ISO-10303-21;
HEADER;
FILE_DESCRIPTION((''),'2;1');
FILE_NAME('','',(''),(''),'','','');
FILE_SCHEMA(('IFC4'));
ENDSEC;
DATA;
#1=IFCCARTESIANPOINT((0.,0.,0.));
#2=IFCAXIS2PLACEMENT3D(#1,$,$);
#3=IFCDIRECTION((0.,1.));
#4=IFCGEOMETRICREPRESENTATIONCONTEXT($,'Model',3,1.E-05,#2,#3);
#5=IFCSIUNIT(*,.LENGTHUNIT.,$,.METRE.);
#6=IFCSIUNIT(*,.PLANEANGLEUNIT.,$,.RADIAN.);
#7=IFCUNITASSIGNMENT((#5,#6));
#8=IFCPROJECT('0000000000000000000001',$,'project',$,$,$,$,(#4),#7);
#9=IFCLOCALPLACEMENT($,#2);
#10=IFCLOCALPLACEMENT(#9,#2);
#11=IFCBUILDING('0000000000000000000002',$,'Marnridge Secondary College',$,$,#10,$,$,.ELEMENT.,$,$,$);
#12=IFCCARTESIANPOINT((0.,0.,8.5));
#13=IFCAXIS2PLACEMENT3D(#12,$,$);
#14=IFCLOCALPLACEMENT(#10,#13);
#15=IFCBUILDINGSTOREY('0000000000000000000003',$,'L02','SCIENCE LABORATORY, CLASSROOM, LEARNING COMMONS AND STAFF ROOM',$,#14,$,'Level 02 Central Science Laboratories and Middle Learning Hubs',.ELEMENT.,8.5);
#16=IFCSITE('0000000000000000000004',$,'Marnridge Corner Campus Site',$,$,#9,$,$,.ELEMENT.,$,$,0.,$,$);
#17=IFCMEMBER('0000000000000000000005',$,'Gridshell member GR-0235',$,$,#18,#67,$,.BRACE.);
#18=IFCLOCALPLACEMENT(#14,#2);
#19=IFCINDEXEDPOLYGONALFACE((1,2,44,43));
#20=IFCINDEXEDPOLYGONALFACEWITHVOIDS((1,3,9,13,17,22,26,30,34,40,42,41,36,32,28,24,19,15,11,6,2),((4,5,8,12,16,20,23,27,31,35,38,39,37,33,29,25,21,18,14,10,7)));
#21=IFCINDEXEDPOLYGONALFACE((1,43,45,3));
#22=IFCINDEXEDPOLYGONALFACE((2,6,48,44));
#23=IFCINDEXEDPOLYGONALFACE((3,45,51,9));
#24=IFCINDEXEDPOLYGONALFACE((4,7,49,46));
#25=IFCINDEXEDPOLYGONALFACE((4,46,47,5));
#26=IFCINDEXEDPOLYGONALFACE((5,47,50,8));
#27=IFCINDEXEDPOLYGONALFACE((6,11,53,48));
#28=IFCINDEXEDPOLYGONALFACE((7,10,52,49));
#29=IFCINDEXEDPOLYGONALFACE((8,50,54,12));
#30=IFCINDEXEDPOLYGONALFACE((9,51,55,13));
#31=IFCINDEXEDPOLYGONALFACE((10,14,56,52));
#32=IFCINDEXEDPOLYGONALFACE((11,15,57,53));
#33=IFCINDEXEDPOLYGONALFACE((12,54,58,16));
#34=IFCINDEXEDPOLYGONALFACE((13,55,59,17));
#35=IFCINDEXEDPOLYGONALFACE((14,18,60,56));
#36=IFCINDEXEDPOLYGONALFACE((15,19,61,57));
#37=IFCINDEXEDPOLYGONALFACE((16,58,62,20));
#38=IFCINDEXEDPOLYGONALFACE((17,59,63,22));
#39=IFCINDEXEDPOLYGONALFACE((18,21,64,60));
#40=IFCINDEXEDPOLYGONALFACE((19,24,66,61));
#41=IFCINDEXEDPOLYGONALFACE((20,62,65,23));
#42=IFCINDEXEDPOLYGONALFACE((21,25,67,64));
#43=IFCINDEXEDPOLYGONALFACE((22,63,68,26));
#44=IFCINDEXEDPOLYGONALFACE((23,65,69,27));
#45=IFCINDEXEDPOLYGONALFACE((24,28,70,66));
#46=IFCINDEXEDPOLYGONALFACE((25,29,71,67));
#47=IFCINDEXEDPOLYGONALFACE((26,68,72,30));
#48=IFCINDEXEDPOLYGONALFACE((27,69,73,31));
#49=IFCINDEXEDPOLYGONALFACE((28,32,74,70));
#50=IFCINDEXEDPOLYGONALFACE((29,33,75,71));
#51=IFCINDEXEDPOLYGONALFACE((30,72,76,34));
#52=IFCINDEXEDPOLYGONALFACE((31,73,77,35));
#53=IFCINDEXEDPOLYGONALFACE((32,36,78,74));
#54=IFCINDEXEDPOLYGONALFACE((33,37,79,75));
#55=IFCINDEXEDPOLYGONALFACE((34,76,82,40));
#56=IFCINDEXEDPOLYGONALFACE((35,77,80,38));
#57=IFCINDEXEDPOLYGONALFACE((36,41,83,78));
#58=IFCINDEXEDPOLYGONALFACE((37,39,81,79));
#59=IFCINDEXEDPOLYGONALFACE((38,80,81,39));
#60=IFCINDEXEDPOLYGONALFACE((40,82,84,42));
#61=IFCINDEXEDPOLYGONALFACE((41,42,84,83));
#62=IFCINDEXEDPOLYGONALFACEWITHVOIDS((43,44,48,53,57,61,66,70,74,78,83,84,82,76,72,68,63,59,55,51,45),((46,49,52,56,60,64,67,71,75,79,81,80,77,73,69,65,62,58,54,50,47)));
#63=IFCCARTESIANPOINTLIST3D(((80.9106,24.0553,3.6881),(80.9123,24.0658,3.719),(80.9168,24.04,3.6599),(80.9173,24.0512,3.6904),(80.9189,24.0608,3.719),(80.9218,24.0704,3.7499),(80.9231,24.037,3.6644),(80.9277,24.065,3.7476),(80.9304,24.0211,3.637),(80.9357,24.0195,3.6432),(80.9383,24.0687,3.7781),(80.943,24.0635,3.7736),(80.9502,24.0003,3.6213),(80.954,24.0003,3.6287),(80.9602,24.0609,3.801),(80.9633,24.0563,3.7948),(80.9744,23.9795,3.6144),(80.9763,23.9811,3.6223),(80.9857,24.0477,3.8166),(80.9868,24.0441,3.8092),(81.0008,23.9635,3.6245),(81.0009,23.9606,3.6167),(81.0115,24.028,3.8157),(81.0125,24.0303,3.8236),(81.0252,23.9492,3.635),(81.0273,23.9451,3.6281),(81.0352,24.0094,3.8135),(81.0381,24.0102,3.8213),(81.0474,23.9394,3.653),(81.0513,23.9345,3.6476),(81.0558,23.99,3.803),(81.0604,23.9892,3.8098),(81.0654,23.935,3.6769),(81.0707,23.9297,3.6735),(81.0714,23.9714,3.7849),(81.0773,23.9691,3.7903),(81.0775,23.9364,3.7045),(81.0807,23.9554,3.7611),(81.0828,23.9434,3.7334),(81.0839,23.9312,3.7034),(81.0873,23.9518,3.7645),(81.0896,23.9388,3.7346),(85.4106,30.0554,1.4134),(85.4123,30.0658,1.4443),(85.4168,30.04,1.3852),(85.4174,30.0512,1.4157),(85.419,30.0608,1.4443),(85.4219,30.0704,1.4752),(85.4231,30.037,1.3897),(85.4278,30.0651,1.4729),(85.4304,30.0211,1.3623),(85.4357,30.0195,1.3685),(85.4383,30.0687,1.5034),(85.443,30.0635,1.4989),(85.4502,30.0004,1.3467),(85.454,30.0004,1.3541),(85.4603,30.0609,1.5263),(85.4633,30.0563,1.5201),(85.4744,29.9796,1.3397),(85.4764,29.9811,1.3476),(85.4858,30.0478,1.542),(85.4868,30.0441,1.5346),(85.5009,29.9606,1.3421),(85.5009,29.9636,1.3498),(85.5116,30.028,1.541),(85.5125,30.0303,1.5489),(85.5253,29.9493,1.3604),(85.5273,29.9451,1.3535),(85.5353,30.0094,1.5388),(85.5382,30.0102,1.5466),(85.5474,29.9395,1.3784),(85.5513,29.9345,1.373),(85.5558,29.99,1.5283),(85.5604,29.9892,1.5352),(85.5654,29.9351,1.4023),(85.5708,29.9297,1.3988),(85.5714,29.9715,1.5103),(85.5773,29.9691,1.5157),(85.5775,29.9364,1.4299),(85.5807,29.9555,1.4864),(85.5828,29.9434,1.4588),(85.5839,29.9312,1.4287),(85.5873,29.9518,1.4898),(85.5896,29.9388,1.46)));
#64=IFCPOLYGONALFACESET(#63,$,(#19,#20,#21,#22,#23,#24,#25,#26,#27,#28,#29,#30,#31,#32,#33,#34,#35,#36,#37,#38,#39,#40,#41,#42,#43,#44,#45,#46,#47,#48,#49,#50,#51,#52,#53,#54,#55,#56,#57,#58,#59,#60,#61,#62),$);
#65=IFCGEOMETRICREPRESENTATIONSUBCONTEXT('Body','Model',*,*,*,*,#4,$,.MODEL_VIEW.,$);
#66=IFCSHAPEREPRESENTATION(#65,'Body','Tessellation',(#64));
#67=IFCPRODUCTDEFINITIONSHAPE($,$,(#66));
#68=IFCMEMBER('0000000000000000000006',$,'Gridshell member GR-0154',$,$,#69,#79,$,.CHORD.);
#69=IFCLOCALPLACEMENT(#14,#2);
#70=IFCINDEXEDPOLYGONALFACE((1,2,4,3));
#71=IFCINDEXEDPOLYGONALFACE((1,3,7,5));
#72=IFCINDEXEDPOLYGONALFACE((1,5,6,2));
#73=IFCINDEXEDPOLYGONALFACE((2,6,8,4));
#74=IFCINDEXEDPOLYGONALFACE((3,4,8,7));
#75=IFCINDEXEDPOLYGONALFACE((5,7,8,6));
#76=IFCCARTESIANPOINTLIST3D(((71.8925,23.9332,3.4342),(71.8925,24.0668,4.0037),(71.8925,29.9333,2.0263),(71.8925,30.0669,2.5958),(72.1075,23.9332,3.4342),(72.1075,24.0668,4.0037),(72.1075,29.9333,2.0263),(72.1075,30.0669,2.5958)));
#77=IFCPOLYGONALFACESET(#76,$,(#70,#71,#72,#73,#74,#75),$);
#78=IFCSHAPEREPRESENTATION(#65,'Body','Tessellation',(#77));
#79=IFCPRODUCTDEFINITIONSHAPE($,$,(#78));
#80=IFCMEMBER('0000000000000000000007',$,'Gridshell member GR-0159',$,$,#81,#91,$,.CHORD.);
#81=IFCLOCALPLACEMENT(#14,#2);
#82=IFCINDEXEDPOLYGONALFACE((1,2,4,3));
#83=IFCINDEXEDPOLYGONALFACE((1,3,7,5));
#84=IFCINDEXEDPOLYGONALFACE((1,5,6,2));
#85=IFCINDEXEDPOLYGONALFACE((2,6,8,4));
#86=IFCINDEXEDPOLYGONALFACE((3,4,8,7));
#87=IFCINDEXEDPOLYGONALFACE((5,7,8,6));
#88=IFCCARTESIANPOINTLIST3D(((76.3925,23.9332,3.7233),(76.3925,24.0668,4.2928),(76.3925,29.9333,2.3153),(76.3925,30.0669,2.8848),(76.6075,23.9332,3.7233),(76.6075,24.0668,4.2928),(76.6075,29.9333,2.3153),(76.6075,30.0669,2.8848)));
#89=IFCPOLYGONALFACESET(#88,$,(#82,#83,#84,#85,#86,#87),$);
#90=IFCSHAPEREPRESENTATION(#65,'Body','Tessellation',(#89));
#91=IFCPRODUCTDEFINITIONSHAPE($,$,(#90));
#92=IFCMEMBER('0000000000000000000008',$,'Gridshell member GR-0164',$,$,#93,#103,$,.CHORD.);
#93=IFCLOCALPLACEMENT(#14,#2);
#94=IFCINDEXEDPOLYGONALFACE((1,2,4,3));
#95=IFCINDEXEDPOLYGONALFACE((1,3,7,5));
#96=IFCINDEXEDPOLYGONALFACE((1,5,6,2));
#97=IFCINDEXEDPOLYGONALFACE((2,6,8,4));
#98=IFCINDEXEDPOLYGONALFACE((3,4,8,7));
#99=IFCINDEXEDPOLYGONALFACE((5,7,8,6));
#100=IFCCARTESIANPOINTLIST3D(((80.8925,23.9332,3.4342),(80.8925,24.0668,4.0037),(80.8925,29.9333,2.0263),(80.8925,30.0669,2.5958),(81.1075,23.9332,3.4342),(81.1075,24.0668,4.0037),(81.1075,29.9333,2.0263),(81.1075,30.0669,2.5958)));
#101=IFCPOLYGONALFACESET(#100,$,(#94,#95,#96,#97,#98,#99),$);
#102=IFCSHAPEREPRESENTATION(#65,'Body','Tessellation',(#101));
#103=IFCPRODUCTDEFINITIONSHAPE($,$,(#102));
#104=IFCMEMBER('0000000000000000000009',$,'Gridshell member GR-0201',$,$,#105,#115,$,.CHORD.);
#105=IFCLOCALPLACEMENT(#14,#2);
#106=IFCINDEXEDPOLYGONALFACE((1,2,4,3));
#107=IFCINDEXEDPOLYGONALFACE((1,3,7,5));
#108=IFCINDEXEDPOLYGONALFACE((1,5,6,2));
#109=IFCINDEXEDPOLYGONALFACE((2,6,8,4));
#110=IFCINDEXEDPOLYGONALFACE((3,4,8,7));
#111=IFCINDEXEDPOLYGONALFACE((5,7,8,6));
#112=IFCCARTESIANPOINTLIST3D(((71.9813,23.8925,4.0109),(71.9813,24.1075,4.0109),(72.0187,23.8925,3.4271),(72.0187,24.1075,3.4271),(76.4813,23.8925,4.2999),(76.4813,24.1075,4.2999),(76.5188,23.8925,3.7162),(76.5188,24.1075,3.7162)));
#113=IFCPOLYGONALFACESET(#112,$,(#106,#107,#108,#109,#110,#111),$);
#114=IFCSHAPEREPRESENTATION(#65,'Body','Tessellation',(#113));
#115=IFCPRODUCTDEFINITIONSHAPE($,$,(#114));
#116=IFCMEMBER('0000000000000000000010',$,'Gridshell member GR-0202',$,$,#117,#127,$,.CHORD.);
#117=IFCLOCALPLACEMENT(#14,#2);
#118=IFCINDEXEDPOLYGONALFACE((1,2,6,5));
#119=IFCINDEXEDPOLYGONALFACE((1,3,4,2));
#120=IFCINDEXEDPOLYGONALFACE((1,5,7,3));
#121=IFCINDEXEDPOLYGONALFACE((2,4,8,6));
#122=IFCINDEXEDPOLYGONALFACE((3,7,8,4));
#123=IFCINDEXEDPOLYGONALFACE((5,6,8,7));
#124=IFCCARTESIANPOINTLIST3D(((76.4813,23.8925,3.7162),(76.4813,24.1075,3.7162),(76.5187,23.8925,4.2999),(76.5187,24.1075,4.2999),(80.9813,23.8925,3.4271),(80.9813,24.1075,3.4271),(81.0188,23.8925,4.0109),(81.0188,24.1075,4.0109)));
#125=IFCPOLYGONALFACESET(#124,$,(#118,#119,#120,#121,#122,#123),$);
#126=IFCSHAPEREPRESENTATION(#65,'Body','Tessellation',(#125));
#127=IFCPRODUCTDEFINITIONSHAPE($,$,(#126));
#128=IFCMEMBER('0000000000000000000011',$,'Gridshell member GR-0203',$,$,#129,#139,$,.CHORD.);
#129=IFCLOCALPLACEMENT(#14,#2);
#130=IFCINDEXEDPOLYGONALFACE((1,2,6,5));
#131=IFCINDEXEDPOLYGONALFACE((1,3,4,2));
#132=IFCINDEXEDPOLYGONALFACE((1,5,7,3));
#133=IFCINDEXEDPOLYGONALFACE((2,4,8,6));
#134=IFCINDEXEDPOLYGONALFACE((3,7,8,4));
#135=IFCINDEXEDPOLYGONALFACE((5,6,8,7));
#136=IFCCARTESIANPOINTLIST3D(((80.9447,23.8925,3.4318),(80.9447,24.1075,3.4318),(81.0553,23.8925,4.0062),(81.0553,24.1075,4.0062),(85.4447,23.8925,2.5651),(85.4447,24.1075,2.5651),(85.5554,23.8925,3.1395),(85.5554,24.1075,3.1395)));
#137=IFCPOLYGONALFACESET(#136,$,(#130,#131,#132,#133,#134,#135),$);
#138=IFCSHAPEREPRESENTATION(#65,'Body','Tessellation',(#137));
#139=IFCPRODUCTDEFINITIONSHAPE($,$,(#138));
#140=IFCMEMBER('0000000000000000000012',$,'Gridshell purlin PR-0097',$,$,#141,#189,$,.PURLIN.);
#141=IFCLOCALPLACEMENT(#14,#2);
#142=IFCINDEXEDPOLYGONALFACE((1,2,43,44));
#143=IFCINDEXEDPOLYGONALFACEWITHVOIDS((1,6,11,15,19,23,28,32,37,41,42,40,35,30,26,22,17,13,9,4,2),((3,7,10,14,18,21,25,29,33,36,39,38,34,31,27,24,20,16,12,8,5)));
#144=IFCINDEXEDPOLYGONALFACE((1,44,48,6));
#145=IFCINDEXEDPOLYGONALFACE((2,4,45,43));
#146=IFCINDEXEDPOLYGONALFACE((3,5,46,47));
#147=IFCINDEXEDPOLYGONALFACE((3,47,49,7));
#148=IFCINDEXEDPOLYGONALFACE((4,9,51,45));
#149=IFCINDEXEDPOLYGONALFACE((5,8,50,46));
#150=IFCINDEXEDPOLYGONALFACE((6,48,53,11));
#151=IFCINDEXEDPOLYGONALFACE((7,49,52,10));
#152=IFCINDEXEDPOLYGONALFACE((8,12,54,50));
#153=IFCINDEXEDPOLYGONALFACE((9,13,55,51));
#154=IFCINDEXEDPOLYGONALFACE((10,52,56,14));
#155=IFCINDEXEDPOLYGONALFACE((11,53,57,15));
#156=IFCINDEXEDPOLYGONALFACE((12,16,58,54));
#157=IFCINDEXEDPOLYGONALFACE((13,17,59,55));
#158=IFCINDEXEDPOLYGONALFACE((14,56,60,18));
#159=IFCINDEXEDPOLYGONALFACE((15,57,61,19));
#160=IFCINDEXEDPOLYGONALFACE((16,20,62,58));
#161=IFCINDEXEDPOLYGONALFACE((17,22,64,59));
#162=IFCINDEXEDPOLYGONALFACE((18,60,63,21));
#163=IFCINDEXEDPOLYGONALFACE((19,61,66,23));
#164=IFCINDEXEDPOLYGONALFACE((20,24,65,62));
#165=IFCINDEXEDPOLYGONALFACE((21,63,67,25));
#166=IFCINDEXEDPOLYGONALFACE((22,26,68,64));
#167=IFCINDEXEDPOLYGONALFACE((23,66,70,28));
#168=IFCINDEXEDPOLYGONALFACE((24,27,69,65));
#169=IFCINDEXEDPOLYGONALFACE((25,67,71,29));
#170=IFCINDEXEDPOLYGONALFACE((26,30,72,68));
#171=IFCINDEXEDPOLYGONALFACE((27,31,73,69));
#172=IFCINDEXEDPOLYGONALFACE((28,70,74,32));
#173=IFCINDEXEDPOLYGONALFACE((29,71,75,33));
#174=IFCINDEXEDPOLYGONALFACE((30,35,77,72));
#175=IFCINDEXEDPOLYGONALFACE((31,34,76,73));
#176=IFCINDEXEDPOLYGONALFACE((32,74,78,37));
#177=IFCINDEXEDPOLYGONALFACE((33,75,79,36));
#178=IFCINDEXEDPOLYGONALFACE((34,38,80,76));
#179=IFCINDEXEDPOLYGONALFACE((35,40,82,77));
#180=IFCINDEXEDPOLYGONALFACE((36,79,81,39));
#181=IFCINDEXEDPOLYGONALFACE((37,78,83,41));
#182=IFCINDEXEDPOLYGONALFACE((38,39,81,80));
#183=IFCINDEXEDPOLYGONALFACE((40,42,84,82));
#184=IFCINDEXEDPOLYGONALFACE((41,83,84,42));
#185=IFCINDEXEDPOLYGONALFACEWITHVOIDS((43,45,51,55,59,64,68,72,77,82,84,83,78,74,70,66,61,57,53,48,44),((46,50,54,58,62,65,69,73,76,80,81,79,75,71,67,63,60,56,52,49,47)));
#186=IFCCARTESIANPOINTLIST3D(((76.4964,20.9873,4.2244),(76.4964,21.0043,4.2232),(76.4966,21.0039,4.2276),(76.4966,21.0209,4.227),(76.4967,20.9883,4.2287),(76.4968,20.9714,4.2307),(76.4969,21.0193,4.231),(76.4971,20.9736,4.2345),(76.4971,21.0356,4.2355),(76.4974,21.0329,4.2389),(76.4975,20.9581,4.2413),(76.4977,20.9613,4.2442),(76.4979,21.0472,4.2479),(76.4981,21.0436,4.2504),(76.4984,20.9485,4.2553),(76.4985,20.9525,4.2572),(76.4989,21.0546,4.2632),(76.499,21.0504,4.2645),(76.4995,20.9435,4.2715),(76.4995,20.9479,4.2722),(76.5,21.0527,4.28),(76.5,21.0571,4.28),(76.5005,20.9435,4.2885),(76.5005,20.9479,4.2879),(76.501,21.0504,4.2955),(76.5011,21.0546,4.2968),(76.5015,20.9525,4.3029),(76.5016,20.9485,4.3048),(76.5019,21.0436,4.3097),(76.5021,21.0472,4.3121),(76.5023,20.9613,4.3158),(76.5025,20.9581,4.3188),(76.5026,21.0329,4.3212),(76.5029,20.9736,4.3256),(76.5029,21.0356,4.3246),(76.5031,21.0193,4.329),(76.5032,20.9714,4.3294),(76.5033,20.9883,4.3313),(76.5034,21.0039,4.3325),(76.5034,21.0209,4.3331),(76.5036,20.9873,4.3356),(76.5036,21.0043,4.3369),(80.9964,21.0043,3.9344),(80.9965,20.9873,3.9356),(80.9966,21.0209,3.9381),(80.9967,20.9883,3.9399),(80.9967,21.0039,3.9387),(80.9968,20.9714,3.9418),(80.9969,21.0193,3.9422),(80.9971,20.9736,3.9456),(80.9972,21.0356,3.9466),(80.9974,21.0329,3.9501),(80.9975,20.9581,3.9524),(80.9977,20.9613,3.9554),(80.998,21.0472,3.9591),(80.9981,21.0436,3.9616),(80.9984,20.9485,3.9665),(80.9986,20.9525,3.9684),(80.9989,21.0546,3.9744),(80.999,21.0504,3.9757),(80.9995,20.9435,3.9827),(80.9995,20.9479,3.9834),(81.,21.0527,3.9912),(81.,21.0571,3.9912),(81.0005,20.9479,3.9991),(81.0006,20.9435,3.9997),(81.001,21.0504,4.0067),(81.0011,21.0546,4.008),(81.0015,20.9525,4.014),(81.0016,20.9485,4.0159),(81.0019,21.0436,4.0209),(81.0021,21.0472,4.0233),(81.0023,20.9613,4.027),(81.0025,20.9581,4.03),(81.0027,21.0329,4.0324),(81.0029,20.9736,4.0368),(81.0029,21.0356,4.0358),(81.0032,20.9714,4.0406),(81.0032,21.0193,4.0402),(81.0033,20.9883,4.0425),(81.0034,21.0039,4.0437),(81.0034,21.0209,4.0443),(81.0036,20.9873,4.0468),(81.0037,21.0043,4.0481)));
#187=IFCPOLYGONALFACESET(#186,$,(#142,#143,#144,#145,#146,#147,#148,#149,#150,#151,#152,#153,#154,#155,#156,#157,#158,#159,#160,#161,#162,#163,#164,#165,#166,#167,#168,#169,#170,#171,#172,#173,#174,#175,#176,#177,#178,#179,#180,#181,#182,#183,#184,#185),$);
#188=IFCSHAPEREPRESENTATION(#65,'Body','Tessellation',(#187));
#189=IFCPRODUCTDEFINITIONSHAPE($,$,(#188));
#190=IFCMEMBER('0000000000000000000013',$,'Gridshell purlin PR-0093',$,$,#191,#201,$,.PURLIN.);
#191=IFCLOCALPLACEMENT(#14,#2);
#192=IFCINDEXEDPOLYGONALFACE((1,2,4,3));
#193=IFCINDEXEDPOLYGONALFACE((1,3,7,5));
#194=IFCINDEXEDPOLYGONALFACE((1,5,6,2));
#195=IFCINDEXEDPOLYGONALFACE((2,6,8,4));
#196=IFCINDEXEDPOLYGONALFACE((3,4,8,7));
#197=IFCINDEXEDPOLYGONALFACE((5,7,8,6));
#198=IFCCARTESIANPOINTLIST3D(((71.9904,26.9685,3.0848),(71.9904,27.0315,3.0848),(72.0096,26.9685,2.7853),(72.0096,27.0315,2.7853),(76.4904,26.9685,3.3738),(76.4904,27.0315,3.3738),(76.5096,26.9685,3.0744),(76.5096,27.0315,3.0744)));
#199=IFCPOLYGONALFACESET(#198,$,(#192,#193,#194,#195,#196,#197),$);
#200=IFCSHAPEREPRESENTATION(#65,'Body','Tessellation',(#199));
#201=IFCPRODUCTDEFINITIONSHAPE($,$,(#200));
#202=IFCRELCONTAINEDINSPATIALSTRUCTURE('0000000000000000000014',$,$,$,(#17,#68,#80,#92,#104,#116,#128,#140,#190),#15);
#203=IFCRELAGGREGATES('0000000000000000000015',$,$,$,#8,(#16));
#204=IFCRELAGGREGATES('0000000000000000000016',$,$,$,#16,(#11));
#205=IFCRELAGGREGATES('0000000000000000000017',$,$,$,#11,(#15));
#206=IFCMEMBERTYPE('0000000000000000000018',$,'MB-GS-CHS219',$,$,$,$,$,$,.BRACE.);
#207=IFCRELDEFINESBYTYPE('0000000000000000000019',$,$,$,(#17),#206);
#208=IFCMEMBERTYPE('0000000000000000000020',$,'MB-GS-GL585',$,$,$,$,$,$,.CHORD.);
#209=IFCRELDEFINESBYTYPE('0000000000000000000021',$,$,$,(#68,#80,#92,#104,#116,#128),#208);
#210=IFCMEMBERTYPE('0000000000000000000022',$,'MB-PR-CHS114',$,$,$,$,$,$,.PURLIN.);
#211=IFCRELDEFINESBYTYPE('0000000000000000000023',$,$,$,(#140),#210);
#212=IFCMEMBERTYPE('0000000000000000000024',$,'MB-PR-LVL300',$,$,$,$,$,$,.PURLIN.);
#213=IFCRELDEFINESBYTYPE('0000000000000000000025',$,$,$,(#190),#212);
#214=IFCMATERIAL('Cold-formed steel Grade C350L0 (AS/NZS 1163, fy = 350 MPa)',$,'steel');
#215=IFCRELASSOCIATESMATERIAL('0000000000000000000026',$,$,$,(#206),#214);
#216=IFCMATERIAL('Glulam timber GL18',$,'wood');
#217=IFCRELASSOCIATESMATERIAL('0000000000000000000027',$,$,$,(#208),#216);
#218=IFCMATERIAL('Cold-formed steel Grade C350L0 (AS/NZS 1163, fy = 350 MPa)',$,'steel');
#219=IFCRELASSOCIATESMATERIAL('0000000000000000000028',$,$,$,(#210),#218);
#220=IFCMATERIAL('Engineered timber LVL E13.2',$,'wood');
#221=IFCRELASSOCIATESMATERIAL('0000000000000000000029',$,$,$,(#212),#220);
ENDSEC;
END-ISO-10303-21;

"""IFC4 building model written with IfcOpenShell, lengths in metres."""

from ifc_helpers import new_model, si_unit, direction, frame, origin, origin_2d, place, context, subcontext, project, spatial, rectangle, hollow_circle, extrude, material, material_profile, profile_set, type_object, element, save


model = new_model("IFC4")

# Units and contexts
model_context = context("Model", 3, precision=1e-05, world=origin(), true_north=direction((0.0, 1.0)))
body_context = subcontext(model_context, "Body", "Model", "MODEL_VIEW")
ifc_project = project(units=[si_unit("LENGTHUNIT", "METRE"), si_unit("PLANEANGLEUNIT", "RADIAN")], contexts=[model_context])

# Site, building, storey
site_placement = place(None, origin())
site = spatial("IfcSite", under=ifc_project, at=site_placement, Name="Marnridge Corner Campus Site", CompositionType="ELEMENT", RefElevation=0.0)
building_placement = place(site_placement, origin())
building = spatial("IfcBuilding", under=site, at=building_placement, Name="Marnridge Secondary College", CompositionType="ELEMENT")
storey_placement = place(building_placement, frame((0.0, 0.0, 8.5)))
storey = spatial("IfcBuildingStorey", under=building, at=storey_placement, Name="L02", Description="SCIENCE LABORATORY, CLASSROOM, LEARNING COMMONS AND STAFF ROOM", LongName="Level 02 Central Science Laboratories and Middle Learning Hubs", CompositionType="ELEMENT", Elevation=8.5)

# Members
ifc_material_1 = material(Name="Cold-formed steel Grade C350L0 (AS/NZS 1163, fy = 350 MPa)", Category="steel")
ifc_material_profile_1 = material_profile(ifc_material_1, hollow_circle(Radius=0.1096, WallThickness=0.0083, at=origin_2d()), Name="219.1x8.2CHS")
ifc_profile_set_1 = profile_set([ifc_material_profile_1], Name="Cold-formed steel Grade C350L0 (AS/NZS 1163, fy = 350 MPa)")
member_type_1 = type_object("IfcMemberType", Name="MB-GS-CHS219", PredefinedType="BRACE", material=ifc_profile_set_1)
member_1_placement = place(storey_placement, frame((81.0, 24.0, 3.719), z_axis=(0.574174, 0.765565, -0.290233), x_axis=(-0.8, 0.6, 0.0)))
element("IfcMember", 1, at=member_1_placement, inside=storey, type_object=member_type_1, Name="Gridshell member GR-0235", PredefinedType="BRACE", context=body_context, shape_type="SweptSolid", body=[
    extrude(hollow_circle(Radius=0.1096, WallThickness=0.0083, at=origin_2d()), origin(), (0.0, 0.0, 1.0), 7.8374),
])
ifc_material_2 = material(Name="Glulam timber GL18", Category="wood")
ifc_material_profile_2 = material_profile(ifc_material_2, rectangle(XDim=0.2151, YDim=0.585, at=origin_2d()), Name="GL18 215x585")
ifc_profile_set_2 = profile_set([ifc_material_profile_2], Name="Glulam timber GL18")
member_type_2 = type_object("IfcMemberType", Name="MB-GS-GL585", PredefinedType="CHORD", material=ifc_profile_set_2)
for number, where, z_axis, x_axis, name in (
    (2, (72.0, 24.0, 3.719), (0.0, 0.973555, -0.228454), (-1.0, 0.0, 0.0), "Gridshell member GR-0154"),
    (3, (76.5, 24.0, 4.0081), (0.0, 0.973555, -0.228454), (-1.0, 0.0, 0.0), "Gridshell member GR-0159"),
    (4, (81.0, 24.0, 3.719), (0.0, 0.973555, -0.228454), (-1.0, 0.0, 0.0), "Gridshell member GR-0164"),
):
    element("IfcMember", number, at=place(storey_placement, frame(where, z_axis=z_axis, x_axis=x_axis)), inside=storey, type_object=member_type_2, Name=name, PredefinedType="CHORD", context=body_context, shape_type="SweptSolid", body=[
        extrude(rectangle(XDim=0.2151, YDim=0.585, at=origin_2d()), origin(), (0.0, 0.0, 1.0), 6.1631),
    ])
for number, where, z_axis, x_axis, name in (
    (5, (72.0, 24.0, 3.719), (0.997943, 0.0, 0.064104), (0.0, 1.0, 0.0), "Gridshell member GR-0201"),
    (6, (76.5, 24.0, 4.0081), (0.997943, 0.0, -0.064104), (0.0, 1.0, 0.0), "Gridshell member GR-0202"),
):
    element("IfcMember", number, at=place(storey_placement, frame(where, z_axis=z_axis, x_axis=x_axis)), inside=storey, type_object=member_type_2, Name=name, PredefinedType="CHORD", context=body_context, shape_type="SweptSolid", body=[
        extrude(rectangle(XDim=0.2151, YDim=0.585, at=origin_2d()), origin(), (0.0, 0.0, 1.0), 4.5093),
    ])
member_2_placement = place(storey_placement, frame((81.0, 24.0, 3.719), z_axis=(0.981953, 0.0, -0.189124), x_axis=(0.0, 1.0, 0.0)))
element("IfcMember", 7, at=member_2_placement, inside=storey, type_object=member_type_2, Name="Gridshell member GR-0203", PredefinedType="CHORD", context=body_context, shape_type="SweptSolid", body=[
    extrude(rectangle(XDim=0.2151, YDim=0.585, at=origin_2d()), origin(), (0.0, 0.0, 1.0), 4.5828),
])
ifc_material_3 = material(Name="Cold-formed steel Grade C350L0 (AS/NZS 1163, fy = 350 MPa)", Category="steel")
ifc_material_profile_3 = material_profile(ifc_material_3, hollow_circle(Radius=0.0571, WallThickness=0.0044, at=origin_2d()), Name="114.3x4.5CHS")
ifc_profile_set_3 = profile_set([ifc_material_profile_3], Name="Cold-formed steel Grade C350L0 (AS/NZS 1163, fy = 350 MPa)")
member_type_3 = type_object("IfcMemberType", Name="MB-PR-CHS114", PredefinedType="PURLIN", material=ifc_profile_set_3)
member_3_placement = place(storey_placement, frame((76.5, 21.0, 4.28), z_axis=(0.997947, 0.0, -0.06405), x_axis=(0.0, 1.0, 0.0)))
element("IfcMember", 8, at=member_3_placement, inside=storey, type_object=member_type_3, Name="Gridshell purlin PR-0097", PredefinedType="PURLIN", context=body_context, shape_type="SweptSolid", body=[
    extrude(hollow_circle(Radius=0.0571, WallThickness=0.0044, at=origin_2d()), origin(), (0.0, 0.0, 1.0), 4.5093),
])
ifc_material_4 = material(Name="Engineered timber LVL E13.2", Category="wood")
ifc_material_profile_4 = material_profile(ifc_material_4, rectangle(XDim=0.063, YDim=0.3, at=origin_2d()), Name="LVL 63x300")
ifc_profile_set_4 = profile_set([ifc_material_profile_4], Name="Engineered timber LVL E13.2")
member_type_4 = type_object("IfcMemberType", Name="MB-PR-LVL300", PredefinedType="PURLIN", material=ifc_profile_set_4)
member_4_placement = place(storey_placement, frame((72.0, 27.0, 2.9351), z_axis=(0.997943, 0.0, 0.064104), x_axis=(0.0, 1.0, 0.0)))
element("IfcMember", 9, at=member_4_placement, inside=storey, type_object=member_type_4, Name="Gridshell purlin PR-0093", PredefinedType="PURLIN", context=body_context, shape_type="SweptSolid", body=[
    extrude(rectangle(XDim=0.063, YDim=0.3, at=origin_2d()), origin(), (0.0, 0.0, 1.0), 4.5093),
])

save(model, "model.ifc")
